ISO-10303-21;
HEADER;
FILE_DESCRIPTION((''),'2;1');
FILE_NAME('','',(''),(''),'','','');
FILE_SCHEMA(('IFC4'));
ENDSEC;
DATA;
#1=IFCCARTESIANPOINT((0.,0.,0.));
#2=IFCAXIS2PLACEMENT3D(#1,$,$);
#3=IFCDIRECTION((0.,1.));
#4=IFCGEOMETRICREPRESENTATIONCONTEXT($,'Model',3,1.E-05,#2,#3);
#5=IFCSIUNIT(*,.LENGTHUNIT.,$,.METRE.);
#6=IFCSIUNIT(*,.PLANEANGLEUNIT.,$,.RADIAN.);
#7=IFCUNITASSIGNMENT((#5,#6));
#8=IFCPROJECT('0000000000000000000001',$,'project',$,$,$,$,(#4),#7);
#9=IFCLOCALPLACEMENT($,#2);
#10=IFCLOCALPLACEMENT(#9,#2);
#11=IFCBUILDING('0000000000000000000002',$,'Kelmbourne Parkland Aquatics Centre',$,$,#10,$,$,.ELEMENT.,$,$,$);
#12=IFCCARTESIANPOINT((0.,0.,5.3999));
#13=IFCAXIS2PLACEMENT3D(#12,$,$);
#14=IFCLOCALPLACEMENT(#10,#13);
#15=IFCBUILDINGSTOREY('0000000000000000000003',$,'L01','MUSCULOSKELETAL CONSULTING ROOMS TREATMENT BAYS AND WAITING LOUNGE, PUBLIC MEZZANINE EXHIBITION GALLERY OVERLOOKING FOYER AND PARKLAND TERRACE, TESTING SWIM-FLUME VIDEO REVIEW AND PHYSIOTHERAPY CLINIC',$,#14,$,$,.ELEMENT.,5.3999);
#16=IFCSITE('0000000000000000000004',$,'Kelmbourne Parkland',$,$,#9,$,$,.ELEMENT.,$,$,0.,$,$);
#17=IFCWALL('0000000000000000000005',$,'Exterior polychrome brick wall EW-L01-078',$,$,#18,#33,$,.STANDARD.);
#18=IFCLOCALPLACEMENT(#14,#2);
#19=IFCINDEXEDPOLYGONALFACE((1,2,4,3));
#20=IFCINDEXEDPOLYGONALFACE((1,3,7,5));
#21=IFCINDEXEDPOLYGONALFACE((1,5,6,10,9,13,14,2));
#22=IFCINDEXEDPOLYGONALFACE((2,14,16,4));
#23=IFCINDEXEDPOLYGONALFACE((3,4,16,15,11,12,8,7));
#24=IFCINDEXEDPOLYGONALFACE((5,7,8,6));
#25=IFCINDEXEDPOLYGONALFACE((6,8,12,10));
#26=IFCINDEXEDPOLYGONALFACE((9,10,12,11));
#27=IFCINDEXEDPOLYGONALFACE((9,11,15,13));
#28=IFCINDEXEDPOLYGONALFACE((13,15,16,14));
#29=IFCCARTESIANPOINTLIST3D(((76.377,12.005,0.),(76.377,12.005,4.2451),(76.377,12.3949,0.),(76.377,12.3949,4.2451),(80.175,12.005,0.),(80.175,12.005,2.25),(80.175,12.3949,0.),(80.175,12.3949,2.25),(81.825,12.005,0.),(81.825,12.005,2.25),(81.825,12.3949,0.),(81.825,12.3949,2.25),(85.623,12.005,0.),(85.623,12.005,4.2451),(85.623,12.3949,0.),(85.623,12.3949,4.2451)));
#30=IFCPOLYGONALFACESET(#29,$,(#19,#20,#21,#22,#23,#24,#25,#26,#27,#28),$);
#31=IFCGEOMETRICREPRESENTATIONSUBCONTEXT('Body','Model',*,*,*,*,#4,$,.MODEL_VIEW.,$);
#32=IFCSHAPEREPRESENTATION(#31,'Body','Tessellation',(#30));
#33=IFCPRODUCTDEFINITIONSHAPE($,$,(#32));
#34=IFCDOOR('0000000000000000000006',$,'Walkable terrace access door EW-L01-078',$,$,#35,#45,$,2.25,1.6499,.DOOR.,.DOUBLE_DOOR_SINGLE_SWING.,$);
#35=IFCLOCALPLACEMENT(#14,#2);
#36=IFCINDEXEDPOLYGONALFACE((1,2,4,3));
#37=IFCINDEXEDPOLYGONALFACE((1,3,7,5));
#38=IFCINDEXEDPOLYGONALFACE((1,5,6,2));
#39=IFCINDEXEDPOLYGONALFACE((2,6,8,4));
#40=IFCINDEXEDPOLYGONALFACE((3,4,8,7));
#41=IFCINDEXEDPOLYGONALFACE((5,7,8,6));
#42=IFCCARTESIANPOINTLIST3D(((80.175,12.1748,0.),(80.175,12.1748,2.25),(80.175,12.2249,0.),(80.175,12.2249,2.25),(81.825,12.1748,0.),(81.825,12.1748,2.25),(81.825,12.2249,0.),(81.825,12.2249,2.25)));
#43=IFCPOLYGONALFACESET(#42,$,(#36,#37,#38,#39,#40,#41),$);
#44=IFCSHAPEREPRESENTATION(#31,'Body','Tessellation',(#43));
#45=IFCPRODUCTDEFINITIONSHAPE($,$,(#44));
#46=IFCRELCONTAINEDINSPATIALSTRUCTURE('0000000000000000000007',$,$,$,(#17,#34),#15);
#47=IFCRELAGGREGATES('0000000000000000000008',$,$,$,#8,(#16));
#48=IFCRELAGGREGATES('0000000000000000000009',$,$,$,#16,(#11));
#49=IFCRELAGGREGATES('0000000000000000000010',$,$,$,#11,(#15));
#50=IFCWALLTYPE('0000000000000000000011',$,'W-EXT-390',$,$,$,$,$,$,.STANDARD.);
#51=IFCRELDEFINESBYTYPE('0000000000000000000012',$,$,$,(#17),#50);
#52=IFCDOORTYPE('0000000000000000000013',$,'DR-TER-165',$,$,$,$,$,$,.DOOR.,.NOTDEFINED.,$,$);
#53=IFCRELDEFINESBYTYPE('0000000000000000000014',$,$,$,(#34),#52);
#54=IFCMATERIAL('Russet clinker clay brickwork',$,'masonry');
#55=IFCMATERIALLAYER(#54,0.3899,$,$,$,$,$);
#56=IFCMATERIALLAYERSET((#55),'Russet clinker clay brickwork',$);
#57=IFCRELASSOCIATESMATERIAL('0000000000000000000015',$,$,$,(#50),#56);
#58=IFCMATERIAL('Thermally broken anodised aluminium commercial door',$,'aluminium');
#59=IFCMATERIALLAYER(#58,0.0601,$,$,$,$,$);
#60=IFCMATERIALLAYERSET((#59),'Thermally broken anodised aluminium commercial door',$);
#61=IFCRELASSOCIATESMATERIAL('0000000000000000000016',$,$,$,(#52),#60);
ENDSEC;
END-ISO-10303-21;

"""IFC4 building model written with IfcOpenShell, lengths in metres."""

from ifc_helpers import new_model, si_unit, direction, frame, frame_2d, origin, place, context, subcontext, project, spatial, rectangle, extrude, material, layer, layer_set, type_object, element, fill, save


model = new_model("IFC4")

# Units and contexts
model_context = context("Model", 3, precision=1e-05, world=origin(), true_north=direction((0.0, 1.0)))
body_context = subcontext(model_context, "Body", "Model", "MODEL_VIEW")
ifc_project = project(units=[si_unit("LENGTHUNIT", "METRE"), si_unit("PLANEANGLEUNIT", "RADIAN")], contexts=[model_context])

# Site, building, storey
site_placement = place(None, origin())
site = spatial("IfcSite", under=ifc_project, at=site_placement, Name="Kelmbourne Parkland", CompositionType="ELEMENT", RefElevation=0.0)
building_placement = place(site_placement, origin())
building = spatial("IfcBuilding", under=site, at=building_placement, Name="Kelmbourne Parkland Aquatics Centre", CompositionType="ELEMENT")
storey_placement = place(building_placement, frame((0.0, 0.0, 5.3999)))
storey = spatial("IfcBuildingStorey", under=building, at=storey_placement, Name="L01", Description="MUSCULOSKELETAL CONSULTING ROOMS TREATMENT BAYS AND WAITING LOUNGE, PUBLIC MEZZANINE EXHIBITION GALLERY OVERLOOKING FOYER AND PARKLAND TERRACE, TESTING SWIM-FLUME VIDEO REVIEW AND PHYSIOTHERAPY CLINIC", CompositionType="ELEMENT", Elevation=5.3999)

# Wall, opening, door
ifc_material_1 = material(Name="Russet clinker clay brickwork", Category="masonry")
ifc_layer_1 = layer(ifc_material_1, 0.3899)
ifc_layer_set_1 = layer_set([ifc_layer_1], Name="Russet clinker clay brickwork")
wall_type = type_object("IfcWallType", Name="W-EXT-390", PredefinedType="STANDARD", material=ifc_layer_set_1)
wall_placement = place(storey_placement, frame((76.377, 12.2, 0.0), z_axis=(0.0, 0.0, 1.0), x_axis=(1.0, 0.0, 0.0)))
wall = element("IfcWall", 1, at=wall_placement, inside=storey, type_object=wall_type, Name="Exterior polychrome brick wall EW-L01-078", PredefinedType="STANDARD", context=body_context, shape_type="SweptSolid", body=[
    extrude(rectangle(XDim=9.2461, YDim=0.3899, at=frame_2d((4.623, 0.0))), origin(), (0.0, 0.0, 1.0), 4.2451),
])
opening_placement = place(wall_placement, frame((3.7981, 0.0, 0.0)))
opening = element("IfcOpeningElement", 2, at=opening_placement, cuts=wall, PredefinedType="OPENING", context=body_context, shape_type="SweptSolid", body=[
    extrude(rectangle(XDim=1.6499, YDim=2.25, at=frame_2d((0.825, 1.125))), frame((0.0, 0.207, 0.0), z_axis=(0.0, -1.0, 0.0), x_axis=(1.0, 0.0, 0.0)), (0.0, 0.0, 1.0), 0.4138),
])
ifc_material_2 = material(Name="Thermally broken anodised aluminium commercial door", Category="aluminium")
ifc_layer_2 = layer(ifc_material_2, 0.0601)
ifc_layer_set_2 = layer_set([ifc_layer_2], Name="Thermally broken anodised aluminium commercial door")
door_type = type_object("IfcDoorType", Name="DR-TER-165", OperationType="NOTDEFINED", PredefinedType="DOOR", material=ifc_layer_set_2)
door_placement = place(opening_placement, origin())
door = element("IfcDoor", 3, at=door_placement, inside=storey, type_object=door_type, Name="Walkable terrace access door EW-L01-078", OperationType="DOUBLE_DOOR_SINGLE_SWING", OverallHeight=2.25, OverallWidth=1.6499, PredefinedType="DOOR", context=body_context, shape_type="SweptSolid", body=[
    extrude(rectangle(XDim=1.6499, YDim=2.25, at=frame_2d((0.825, 1.125))), frame((0.0, 0.0249, 0.0), z_axis=(0.0, -1.0, 0.0), x_axis=(1.0, 0.0, 0.0)), (0.0, 0.0, 1.0), 0.05),
])
fill(opening, door)

save(model, "model.ifc")
